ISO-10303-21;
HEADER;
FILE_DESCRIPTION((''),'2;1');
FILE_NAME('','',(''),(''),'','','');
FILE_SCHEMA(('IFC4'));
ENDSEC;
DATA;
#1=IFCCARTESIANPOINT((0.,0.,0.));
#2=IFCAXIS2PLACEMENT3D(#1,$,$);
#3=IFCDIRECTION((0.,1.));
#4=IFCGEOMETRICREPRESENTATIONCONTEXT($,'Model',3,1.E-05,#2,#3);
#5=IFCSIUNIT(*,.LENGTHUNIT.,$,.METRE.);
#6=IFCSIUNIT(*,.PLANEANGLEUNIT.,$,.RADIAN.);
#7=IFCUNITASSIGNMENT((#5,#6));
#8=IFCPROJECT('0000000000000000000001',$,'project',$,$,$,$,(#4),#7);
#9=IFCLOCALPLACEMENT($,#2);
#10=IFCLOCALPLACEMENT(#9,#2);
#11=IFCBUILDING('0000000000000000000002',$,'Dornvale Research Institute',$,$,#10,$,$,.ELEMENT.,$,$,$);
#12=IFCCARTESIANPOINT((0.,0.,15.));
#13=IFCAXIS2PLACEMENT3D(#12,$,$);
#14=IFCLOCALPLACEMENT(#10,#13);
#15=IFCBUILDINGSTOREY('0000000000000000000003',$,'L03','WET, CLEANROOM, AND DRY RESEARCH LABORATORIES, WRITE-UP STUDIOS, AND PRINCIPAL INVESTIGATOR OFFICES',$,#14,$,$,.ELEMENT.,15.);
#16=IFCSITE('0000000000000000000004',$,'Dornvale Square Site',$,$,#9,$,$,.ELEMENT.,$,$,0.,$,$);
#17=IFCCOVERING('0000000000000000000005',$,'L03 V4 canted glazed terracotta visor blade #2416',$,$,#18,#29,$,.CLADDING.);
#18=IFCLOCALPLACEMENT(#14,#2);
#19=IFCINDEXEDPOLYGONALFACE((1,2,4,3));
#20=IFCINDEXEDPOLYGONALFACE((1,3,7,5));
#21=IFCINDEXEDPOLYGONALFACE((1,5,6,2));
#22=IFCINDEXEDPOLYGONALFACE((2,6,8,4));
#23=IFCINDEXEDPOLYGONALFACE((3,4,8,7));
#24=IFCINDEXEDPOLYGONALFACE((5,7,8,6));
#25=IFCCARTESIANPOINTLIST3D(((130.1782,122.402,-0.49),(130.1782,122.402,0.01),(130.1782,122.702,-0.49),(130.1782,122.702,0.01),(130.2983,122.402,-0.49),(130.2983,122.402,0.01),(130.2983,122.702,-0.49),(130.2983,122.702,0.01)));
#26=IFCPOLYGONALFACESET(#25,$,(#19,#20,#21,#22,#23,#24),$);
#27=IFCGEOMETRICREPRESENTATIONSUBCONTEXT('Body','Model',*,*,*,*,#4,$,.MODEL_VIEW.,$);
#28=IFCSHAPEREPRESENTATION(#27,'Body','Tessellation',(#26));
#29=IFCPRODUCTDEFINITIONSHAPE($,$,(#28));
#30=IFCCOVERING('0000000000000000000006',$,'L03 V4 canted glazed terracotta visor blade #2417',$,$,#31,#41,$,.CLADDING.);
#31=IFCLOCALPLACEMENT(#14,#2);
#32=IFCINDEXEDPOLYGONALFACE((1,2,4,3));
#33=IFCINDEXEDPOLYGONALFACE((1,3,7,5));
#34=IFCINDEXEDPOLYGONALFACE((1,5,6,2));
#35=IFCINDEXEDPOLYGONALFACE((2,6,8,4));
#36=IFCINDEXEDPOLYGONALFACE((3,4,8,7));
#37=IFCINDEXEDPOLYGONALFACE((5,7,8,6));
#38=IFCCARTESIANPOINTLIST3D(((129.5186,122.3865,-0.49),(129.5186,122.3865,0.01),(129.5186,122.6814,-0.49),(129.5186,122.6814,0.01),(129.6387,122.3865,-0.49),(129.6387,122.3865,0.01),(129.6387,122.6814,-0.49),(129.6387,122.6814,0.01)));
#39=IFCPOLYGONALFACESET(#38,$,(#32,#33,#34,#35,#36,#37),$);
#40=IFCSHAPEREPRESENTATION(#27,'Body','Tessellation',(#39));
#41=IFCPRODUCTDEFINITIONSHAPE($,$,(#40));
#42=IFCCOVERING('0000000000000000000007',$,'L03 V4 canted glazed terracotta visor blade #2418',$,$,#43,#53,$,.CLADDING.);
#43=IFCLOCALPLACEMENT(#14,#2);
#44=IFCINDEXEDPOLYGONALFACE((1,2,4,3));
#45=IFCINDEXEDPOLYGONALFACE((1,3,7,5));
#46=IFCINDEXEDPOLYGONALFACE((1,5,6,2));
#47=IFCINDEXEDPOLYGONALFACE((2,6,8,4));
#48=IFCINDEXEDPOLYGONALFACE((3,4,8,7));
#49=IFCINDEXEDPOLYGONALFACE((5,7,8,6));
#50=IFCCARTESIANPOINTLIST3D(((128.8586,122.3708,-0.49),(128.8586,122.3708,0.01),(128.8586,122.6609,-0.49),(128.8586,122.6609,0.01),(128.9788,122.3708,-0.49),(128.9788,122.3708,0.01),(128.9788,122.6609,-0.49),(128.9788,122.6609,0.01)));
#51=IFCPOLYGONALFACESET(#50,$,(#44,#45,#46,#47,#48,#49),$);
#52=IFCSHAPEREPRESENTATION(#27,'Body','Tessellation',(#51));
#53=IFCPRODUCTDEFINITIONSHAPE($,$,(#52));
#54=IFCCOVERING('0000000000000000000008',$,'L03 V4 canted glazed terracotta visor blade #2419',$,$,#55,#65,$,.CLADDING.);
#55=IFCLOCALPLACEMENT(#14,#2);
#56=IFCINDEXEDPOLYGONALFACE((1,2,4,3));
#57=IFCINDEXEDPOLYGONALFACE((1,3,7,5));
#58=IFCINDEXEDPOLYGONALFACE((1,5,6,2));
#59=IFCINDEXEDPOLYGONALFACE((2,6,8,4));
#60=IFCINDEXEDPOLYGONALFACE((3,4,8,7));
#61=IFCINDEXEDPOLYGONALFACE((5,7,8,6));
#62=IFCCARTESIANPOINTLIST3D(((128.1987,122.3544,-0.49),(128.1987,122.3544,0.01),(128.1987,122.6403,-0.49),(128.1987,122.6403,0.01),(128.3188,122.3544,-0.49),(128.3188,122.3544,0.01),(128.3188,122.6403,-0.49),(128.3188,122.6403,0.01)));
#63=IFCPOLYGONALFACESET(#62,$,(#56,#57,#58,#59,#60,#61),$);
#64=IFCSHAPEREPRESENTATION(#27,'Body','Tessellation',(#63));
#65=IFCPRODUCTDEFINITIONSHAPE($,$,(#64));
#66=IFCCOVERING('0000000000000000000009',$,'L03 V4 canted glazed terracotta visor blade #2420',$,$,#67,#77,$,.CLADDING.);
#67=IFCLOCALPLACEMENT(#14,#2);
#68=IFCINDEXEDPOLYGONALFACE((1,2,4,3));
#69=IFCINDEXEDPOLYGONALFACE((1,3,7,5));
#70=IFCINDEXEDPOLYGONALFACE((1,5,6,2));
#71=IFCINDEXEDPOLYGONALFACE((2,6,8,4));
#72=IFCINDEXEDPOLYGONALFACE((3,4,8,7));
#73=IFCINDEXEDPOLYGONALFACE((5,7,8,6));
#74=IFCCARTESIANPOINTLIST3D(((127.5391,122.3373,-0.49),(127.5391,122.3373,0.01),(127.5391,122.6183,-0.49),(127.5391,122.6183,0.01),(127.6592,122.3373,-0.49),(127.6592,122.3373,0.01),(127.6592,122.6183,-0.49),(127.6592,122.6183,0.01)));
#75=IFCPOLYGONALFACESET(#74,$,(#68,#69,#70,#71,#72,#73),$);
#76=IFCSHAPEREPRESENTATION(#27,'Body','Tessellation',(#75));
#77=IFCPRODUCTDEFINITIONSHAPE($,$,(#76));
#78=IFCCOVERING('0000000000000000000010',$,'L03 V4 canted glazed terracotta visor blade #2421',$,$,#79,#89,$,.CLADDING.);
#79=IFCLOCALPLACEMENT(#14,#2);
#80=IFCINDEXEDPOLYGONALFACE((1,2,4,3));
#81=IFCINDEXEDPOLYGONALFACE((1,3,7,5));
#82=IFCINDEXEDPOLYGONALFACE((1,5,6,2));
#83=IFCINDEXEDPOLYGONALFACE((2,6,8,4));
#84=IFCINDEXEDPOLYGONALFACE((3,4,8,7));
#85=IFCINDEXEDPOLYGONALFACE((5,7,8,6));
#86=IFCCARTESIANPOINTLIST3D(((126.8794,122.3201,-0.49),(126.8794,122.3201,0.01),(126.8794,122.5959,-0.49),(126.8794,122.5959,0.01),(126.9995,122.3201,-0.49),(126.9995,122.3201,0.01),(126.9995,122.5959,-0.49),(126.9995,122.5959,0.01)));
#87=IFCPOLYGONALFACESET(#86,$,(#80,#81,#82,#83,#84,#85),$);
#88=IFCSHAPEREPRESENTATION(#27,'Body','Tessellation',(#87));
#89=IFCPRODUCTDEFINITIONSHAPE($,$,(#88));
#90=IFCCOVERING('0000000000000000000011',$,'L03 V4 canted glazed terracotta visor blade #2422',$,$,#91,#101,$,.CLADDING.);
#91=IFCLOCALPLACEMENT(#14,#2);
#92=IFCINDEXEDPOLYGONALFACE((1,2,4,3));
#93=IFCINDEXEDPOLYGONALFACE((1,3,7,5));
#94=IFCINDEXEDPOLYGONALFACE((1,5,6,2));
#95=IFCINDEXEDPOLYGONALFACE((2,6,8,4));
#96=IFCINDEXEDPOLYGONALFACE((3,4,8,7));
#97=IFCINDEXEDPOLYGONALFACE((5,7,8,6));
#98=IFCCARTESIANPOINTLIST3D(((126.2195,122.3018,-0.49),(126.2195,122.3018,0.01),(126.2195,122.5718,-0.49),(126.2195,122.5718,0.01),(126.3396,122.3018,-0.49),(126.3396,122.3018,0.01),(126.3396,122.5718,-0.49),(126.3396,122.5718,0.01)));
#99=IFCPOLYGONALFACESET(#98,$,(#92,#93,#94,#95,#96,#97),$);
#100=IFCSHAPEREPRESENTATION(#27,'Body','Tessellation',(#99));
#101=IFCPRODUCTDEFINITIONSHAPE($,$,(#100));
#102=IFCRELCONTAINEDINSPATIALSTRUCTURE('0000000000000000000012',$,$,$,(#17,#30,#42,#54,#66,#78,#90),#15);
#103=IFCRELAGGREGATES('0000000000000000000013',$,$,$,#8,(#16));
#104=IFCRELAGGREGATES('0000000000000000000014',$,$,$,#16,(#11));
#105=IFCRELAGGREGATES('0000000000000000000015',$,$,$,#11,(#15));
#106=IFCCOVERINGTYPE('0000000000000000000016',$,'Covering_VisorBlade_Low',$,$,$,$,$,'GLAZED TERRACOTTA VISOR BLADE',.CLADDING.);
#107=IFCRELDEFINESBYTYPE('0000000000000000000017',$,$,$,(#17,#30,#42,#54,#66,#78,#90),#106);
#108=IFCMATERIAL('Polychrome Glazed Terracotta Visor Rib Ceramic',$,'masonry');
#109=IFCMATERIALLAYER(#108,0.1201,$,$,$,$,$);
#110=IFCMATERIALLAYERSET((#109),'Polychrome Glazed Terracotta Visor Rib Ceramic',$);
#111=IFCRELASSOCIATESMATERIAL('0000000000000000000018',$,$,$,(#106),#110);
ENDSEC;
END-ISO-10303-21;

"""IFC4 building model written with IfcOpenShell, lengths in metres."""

from ifc_helpers import new_model, si_unit, direction, frame, origin, origin_2d, place, context, subcontext, project, spatial, rectangle, extrude, material, layer, layer_set, type_object, element, save


model = new_model("IFC4")

# Units and contexts
model_context = context("Model", 3, precision=1e-05, world=origin(), true_north=direction((0.0, 1.0)))
body_context = subcontext(model_context, "Body", "Model", "MODEL_VIEW")
ifc_project = project(units=[si_unit("LENGTHUNIT", "METRE"), si_unit("PLANEANGLEUNIT", "RADIAN")], contexts=[model_context])

# Site, building, storey
site_placement = place(None, origin())
site = spatial("IfcSite", under=ifc_project, at=site_placement, Name="Dornvale Square Site", CompositionType="ELEMENT", RefElevation=0.0)
building_placement = place(site_placement, origin())
building = spatial("IfcBuilding", under=site, at=building_placement, Name="Dornvale Research Institute", CompositionType="ELEMENT")
storey_placement = place(building_placement, frame((0.0, 0.0, 15.0)))
storey = spatial("IfcBuildingStorey", under=building, at=storey_placement, Name="L03", Description="WET, CLEANROOM, AND DRY RESEARCH LABORATORIES, WRITE-UP STUDIOS, AND PRINCIPAL INVESTIGATOR OFFICES", CompositionType="ELEMENT", Elevation=15.0)

# Coverings
ifc_material_1 = material(Name="Polychrome Glazed Terracotta Visor Rib Ceramic", Category="masonry")
ifc_layer_1 = layer(ifc_material_1, 0.1201)
ifc_layer_set_1 = layer_set([ifc_layer_1], Name="Polychrome Glazed Terracotta Visor Rib Ceramic")
covering_type = type_object("IfcCoveringType", Name="Covering_VisorBlade_Low", ElementType="GLAZED TERRACOTTA VISOR BLADE", PredefinedType="CLADDING", material=ifc_layer_set_1)
covering_1_placement = place(storey_placement, frame((130.2383, 122.552, -0.49), z_axis=(0.0, 0.0, 1.0), x_axis=(0.0, 1.0, 0.0)))
element("IfcCovering", 1, at=covering_1_placement, inside=storey, type_object=covering_type, Name="L03 V4 canted glazed terracotta visor blade #2416", PredefinedType="CLADDING", context=body_context, shape_type="SweptSolid", body=[
    extrude(rectangle(XDim=0.3, YDim=0.1201, at=origin_2d()), origin(), (0.0, 0.0, 1.0), 0.5),
])
covering_2_placement = place(storey_placement, frame((129.5786, 122.5339, -0.49), z_axis=(0.0, 0.0, 1.0), x_axis=(0.0, 1.0, 0.0)))
element("IfcCovering", 2, at=covering_2_placement, inside=storey, type_object=covering_type, Name="L03 V4 canted glazed terracotta visor blade #2417", PredefinedType="CLADDING", context=body_context, shape_type="SweptSolid", body=[
    extrude(rectangle(XDim=0.2949, YDim=0.1201, at=origin_2d()), origin(), (0.0, 0.0, 1.0), 0.5),
])
covering_3_placement = place(storey_placement, frame((128.9187, 122.5159, -0.49), z_axis=(0.0, 0.0, 1.0), x_axis=(0.0, 1.0, 0.0)))
element("IfcCovering", 3, at=covering_3_placement, inside=storey, type_object=covering_type, Name="L03 V4 canted glazed terracotta visor blade #2418", PredefinedType="CLADDING", context=body_context, shape_type="SweptSolid", body=[
    extrude(rectangle(XDim=0.29, YDim=0.1201, at=origin_2d()), origin(), (0.0, 0.0, 1.0), 0.5),
])
covering_4_placement = place(storey_placement, frame((128.2588, 122.4973, -0.49), z_axis=(0.0, 0.0, 1.0), x_axis=(0.0, 1.0, 0.0)))
element("IfcCovering", 4, at=covering_4_placement, inside=storey, type_object=covering_type, Name="L03 V4 canted glazed terracotta visor blade #2419", PredefinedType="CLADDING", context=body_context, shape_type="SweptSolid", body=[
    extrude(rectangle(XDim=0.2859, YDim=0.1201, at=origin_2d()), origin(), (0.0, 0.0, 1.0), 0.5),
])
covering_5_placement = place(storey_placement, frame((127.5991, 122.4778, -0.49), z_axis=(0.0, 0.0, 1.0), x_axis=(0.0, 1.0, 0.0)))
element("IfcCovering", 5, at=covering_5_placement, inside=storey, type_object=covering_type, Name="L03 V4 canted glazed terracotta visor blade #2420", PredefinedType="CLADDING", context=body_context, shape_type="SweptSolid", body=[
    extrude(rectangle(XDim=0.281, YDim=0.1201, at=origin_2d()), origin(), (0.0, 0.0, 1.0), 0.5),
])
covering_6_placement = place(storey_placement, frame((126.9395, 122.458, -0.49), z_axis=(0.0, 0.0, 1.0), x_axis=(0.0, 1.0, 0.0)))
element("IfcCovering", 6, at=covering_6_placement, inside=storey, type_object=covering_type, Name="L03 V4 canted glazed terracotta visor blade #2421", PredefinedType="CLADDING", context=body_context, shape_type="SweptSolid", body=[
    extrude(rectangle(XDim=0.2759, YDim=0.1201, at=origin_2d()), origin(), (0.0, 0.0, 1.0), 0.5),
])
covering_7_placement = place(storey_placement, frame((126.2795, 122.4368, -0.49), z_axis=(0.0, 0.0, 1.0), x_axis=(0.0, 1.0, 0.0)))
element("IfcCovering", 7, at=covering_7_placement, inside=storey, type_object=covering_type, Name="L03 V4 canted glazed terracotta visor blade #2422", PredefinedType="CLADDING", context=body_context, shape_type="SweptSolid", body=[
    extrude(rectangle(XDim=0.27, YDim=0.1201, at=origin_2d()), origin(), (0.0, 0.0, 1.0), 0.5),
])

save(model, "model.ifc")
